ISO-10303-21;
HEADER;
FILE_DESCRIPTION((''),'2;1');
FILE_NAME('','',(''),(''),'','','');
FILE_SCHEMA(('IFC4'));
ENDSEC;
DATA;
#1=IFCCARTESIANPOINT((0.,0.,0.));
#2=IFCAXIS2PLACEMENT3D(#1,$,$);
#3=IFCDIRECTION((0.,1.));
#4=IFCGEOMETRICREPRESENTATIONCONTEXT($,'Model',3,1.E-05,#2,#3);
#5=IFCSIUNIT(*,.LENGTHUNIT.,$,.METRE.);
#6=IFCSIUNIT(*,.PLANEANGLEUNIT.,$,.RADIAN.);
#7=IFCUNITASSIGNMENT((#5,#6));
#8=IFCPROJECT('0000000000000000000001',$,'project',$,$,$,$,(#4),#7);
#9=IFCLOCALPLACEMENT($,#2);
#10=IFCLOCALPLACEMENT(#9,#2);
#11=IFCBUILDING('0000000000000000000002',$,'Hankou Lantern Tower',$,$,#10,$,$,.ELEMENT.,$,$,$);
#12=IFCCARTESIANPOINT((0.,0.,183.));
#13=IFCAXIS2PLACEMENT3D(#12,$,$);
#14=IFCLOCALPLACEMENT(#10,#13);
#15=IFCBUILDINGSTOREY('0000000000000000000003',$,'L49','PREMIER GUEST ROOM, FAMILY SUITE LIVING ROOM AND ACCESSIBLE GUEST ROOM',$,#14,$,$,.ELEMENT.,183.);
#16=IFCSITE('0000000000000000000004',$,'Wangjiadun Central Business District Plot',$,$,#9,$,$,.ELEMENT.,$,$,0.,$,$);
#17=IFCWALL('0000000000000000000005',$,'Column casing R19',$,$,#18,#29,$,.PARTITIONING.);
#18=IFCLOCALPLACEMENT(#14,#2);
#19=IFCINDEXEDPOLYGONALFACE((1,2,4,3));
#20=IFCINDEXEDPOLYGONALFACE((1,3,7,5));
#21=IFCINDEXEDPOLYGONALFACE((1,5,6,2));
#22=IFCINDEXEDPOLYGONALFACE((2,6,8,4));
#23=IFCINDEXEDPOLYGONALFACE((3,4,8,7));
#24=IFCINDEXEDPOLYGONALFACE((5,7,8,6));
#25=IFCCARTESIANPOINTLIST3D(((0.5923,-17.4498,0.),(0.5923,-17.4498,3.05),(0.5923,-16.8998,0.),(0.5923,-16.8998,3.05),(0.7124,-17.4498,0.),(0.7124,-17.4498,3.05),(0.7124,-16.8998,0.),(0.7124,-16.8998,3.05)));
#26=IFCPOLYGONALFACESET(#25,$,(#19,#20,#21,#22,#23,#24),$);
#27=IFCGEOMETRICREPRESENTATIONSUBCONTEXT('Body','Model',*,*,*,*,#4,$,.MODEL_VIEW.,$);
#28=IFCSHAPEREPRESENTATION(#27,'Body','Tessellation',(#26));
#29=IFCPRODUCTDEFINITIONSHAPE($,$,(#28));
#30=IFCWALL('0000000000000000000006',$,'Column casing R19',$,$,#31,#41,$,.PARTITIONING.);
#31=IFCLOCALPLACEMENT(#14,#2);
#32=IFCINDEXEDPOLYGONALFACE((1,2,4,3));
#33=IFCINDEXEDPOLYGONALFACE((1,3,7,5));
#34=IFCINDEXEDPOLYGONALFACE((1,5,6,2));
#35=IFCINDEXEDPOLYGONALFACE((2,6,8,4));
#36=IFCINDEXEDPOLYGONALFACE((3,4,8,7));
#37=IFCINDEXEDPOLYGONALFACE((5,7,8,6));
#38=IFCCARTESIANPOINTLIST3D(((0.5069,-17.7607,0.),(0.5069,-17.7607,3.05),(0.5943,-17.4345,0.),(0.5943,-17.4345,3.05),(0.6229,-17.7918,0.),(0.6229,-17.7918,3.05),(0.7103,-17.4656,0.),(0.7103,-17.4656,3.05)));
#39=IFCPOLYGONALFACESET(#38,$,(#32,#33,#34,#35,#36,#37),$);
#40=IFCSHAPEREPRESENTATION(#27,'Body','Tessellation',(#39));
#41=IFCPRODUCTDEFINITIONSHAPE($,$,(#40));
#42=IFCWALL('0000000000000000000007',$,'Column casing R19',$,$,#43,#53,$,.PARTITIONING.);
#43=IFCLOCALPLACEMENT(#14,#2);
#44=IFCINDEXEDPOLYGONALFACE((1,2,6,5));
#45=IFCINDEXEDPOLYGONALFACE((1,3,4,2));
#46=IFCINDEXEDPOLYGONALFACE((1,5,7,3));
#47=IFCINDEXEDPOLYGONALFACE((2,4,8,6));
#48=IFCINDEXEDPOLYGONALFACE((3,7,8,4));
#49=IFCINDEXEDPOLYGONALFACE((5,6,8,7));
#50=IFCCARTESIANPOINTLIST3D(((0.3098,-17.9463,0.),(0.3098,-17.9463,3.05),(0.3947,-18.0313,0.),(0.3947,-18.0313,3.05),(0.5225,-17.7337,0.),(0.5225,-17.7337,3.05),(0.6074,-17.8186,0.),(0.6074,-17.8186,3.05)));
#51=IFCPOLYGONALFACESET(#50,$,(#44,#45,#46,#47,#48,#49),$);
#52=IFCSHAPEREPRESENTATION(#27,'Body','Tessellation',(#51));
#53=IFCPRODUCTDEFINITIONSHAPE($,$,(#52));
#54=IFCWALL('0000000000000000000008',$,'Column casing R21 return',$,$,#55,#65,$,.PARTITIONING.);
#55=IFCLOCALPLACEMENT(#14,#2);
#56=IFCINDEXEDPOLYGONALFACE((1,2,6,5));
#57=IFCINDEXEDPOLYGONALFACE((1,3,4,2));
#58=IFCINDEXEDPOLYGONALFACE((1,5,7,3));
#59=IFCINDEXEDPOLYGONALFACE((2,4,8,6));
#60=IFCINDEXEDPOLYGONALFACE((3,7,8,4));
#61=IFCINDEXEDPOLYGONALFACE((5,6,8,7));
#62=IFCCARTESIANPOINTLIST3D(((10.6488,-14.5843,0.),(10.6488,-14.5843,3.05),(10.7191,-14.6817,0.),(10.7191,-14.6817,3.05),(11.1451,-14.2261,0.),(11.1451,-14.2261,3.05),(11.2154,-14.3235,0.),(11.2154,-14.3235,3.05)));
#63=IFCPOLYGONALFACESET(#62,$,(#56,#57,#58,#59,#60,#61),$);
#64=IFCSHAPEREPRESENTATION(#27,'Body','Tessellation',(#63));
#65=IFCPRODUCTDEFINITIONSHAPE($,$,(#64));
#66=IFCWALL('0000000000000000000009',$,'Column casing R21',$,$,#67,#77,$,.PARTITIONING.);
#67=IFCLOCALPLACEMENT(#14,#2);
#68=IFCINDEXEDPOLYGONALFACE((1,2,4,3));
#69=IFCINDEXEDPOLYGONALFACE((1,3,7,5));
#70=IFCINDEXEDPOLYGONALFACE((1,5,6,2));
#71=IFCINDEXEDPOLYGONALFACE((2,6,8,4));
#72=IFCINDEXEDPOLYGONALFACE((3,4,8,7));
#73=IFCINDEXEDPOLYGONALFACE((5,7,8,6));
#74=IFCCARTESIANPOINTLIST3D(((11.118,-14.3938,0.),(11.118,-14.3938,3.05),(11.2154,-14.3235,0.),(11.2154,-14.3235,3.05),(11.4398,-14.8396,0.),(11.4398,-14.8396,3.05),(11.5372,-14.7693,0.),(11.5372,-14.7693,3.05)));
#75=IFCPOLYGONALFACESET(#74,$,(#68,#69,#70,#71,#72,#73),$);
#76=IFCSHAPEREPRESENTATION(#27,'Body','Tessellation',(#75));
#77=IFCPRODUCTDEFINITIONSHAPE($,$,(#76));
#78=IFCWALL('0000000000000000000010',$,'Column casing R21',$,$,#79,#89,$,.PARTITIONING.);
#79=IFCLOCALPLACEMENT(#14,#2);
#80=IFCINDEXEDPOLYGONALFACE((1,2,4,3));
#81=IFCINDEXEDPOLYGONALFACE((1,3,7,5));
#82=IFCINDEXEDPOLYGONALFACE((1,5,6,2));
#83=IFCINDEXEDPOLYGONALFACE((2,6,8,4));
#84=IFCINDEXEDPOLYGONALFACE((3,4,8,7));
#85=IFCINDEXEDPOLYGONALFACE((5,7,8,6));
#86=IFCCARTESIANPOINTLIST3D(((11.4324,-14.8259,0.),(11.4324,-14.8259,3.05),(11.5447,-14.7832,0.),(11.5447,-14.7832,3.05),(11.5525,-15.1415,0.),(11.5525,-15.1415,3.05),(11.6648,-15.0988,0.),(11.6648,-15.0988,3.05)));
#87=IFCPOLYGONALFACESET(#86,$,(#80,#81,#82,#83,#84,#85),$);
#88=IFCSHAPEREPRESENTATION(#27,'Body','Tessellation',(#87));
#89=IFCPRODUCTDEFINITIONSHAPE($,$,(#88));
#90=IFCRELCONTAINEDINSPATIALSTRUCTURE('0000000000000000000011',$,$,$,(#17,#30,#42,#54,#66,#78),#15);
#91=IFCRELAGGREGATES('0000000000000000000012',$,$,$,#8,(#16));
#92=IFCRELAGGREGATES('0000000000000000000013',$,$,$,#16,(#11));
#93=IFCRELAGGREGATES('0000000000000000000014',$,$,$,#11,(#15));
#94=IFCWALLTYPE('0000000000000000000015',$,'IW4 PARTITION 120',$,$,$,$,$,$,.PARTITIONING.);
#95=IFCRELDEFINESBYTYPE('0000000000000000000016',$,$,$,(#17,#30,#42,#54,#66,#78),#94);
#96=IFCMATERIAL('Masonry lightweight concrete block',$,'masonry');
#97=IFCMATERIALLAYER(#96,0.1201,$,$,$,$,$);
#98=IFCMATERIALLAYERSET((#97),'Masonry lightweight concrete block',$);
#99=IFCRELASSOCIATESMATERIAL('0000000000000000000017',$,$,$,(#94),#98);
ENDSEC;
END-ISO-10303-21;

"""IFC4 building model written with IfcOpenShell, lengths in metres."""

from ifc_helpers import new_model, si_unit, direction, frame, frame_2d, origin, place, context, subcontext, project, spatial, rectangle, extrude, material, layer, layer_set, type_object, element, save


model = new_model("IFC4")

# Units and contexts
model_context = context("Model", 3, precision=1e-05, world=origin(), true_north=direction((0.0, 1.0)))
body_context = subcontext(model_context, "Body", "Model", "MODEL_VIEW")
ifc_project = project(units=[si_unit("LENGTHUNIT", "METRE"), si_unit("PLANEANGLEUNIT", "RADIAN")], contexts=[model_context])

# Site, building, storey
site_placement = place(None, origin())
site = spatial("IfcSite", under=ifc_project, at=site_placement, Name="Wangjiadun Central Business District Plot", CompositionType="ELEMENT", RefElevation=0.0)
building_placement = place(site_placement, origin())
building = spatial("IfcBuilding", under=site, at=building_placement, Name="Hankou Lantern Tower", CompositionType="ELEMENT")
storey_placement = place(building_placement, frame((0.0, 0.0, 183.0)))
storey = spatial("IfcBuildingStorey", under=building, at=storey_placement, Name="L49", Description="PREMIER GUEST ROOM, FAMILY SUITE LIVING ROOM AND ACCESSIBLE GUEST ROOM", CompositionType="ELEMENT", Elevation=183.0)

# Walls
ifc_material_1 = material(Name="Masonry lightweight concrete block", Category="masonry")
ifc_layer_1 = layer(ifc_material_1, 0.1201)
ifc_layer_set_1 = layer_set([ifc_layer_1], Name="Masonry lightweight concrete block")
wall_type_1 = type_object("IfcWallType", Name="IW4 PARTITION 120", PredefinedType="PARTITIONING", material=ifc_layer_set_1)
wall_1_placement = place(storey_placement, frame((0.6523, -16.8999, 0.0), z_axis=(0.0, 0.0, 1.0), x_axis=(0.0, -1.0, 0.0)))
element("IfcWall", 1, at=wall_1_placement, inside=storey, type_object=wall_type_1, Name="Column casing R19", PredefinedType="PARTITIONING", context=body_context, shape_type="SweptSolid", body=[
    extrude(rectangle(XDim=0.55, YDim=0.1201, at=frame_2d((0.2749, 0.0))), origin(), (0.0, 0.0, 1.0), 3.05),
])
wall_2_placement = place(storey_placement, frame((0.6523, -17.45, 0.0), z_axis=(0.0, 0.0, 1.0), x_axis=(-0.258832, -0.965922, 0.0)))
element("IfcWall", 2, at=wall_2_placement, inside=storey, type_object=wall_type_1, Name="Column casing R19", PredefinedType="PARTITIONING", context=body_context, shape_type="SweptSolid", body=[
    extrude(rectangle(XDim=0.3376, YDim=0.1201, at=frame_2d((0.1689, 0.0))), origin(), (0.0, 0.0, 1.0), 3.05),
])
wall_3_placement = place(storey_placement, frame((0.5649, -17.7761, 0.0), z_axis=(0.0, 0.0, 1.0), x_axis=(-0.707107, -0.707107, 0.0)))
element("IfcWall", 3, at=wall_3_placement, inside=storey, type_object=wall_type_1, Name="Column casing R19", PredefinedType="PARTITIONING", context=body_context, shape_type="SweptSolid", body=[
    extrude(rectangle(XDim=0.3008, YDim=0.1201, at=frame_2d((0.1504, 0.0))), origin(), (0.0, 0.0, 1.0), 3.05),
])
wall_4_placement = place(storey_placement, frame((10.6838, -14.6331, 0.0), z_axis=(0.0, 0.0, 1.0), x_axis=(0.810921, 0.585156, 0.0)))
element("IfcWall", 4, at=wall_4_placement, inside=storey, type_object=wall_type_1, Name="Column casing R21 return", PredefinedType="PARTITIONING", context=body_context, shape_type="SweptSolid", body=[
    extrude(rectangle(XDim=0.6121, YDim=0.1201, at=frame_2d((0.3062, 0.0))), origin(), (0.0, 0.0, 1.0), 3.05),
])
wall_5_placement = place(storey_placement, frame((11.1667, -14.3586, 0.0), z_axis=(0.0, 0.0, 1.0), x_axis=(0.585264, -0.810843, 0.0)))
element("IfcWall", 5, at=wall_5_placement, inside=storey, type_object=wall_type_1, Name="Column casing R21", PredefinedType="PARTITIONING", context=body_context, shape_type="SweptSolid", body=[
    extrude(rectangle(XDim=0.5498, YDim=0.1201, at=frame_2d((0.2749, 0.0))), origin(), (0.0, 0.0, 1.0), 3.05),
])
wall_6_placement = place(storey_placement, frame((11.4885, -14.8044, 0.0), z_axis=(0.0, 0.0, 1.0), x_axis=(0.355635, -0.934625, 0.0)))
element("IfcWall", 6, at=wall_6_placement, inside=storey, type_object=wall_type_1, Name="Column casing R21", PredefinedType="PARTITIONING", context=body_context, shape_type="SweptSolid", body=[
    extrude(rectangle(XDim=0.3376, YDim=0.1201, at=frame_2d((0.1689, 0.0))), origin(), (0.0, 0.0, 1.0), 3.05),
])

save(model, "model.ifc")
